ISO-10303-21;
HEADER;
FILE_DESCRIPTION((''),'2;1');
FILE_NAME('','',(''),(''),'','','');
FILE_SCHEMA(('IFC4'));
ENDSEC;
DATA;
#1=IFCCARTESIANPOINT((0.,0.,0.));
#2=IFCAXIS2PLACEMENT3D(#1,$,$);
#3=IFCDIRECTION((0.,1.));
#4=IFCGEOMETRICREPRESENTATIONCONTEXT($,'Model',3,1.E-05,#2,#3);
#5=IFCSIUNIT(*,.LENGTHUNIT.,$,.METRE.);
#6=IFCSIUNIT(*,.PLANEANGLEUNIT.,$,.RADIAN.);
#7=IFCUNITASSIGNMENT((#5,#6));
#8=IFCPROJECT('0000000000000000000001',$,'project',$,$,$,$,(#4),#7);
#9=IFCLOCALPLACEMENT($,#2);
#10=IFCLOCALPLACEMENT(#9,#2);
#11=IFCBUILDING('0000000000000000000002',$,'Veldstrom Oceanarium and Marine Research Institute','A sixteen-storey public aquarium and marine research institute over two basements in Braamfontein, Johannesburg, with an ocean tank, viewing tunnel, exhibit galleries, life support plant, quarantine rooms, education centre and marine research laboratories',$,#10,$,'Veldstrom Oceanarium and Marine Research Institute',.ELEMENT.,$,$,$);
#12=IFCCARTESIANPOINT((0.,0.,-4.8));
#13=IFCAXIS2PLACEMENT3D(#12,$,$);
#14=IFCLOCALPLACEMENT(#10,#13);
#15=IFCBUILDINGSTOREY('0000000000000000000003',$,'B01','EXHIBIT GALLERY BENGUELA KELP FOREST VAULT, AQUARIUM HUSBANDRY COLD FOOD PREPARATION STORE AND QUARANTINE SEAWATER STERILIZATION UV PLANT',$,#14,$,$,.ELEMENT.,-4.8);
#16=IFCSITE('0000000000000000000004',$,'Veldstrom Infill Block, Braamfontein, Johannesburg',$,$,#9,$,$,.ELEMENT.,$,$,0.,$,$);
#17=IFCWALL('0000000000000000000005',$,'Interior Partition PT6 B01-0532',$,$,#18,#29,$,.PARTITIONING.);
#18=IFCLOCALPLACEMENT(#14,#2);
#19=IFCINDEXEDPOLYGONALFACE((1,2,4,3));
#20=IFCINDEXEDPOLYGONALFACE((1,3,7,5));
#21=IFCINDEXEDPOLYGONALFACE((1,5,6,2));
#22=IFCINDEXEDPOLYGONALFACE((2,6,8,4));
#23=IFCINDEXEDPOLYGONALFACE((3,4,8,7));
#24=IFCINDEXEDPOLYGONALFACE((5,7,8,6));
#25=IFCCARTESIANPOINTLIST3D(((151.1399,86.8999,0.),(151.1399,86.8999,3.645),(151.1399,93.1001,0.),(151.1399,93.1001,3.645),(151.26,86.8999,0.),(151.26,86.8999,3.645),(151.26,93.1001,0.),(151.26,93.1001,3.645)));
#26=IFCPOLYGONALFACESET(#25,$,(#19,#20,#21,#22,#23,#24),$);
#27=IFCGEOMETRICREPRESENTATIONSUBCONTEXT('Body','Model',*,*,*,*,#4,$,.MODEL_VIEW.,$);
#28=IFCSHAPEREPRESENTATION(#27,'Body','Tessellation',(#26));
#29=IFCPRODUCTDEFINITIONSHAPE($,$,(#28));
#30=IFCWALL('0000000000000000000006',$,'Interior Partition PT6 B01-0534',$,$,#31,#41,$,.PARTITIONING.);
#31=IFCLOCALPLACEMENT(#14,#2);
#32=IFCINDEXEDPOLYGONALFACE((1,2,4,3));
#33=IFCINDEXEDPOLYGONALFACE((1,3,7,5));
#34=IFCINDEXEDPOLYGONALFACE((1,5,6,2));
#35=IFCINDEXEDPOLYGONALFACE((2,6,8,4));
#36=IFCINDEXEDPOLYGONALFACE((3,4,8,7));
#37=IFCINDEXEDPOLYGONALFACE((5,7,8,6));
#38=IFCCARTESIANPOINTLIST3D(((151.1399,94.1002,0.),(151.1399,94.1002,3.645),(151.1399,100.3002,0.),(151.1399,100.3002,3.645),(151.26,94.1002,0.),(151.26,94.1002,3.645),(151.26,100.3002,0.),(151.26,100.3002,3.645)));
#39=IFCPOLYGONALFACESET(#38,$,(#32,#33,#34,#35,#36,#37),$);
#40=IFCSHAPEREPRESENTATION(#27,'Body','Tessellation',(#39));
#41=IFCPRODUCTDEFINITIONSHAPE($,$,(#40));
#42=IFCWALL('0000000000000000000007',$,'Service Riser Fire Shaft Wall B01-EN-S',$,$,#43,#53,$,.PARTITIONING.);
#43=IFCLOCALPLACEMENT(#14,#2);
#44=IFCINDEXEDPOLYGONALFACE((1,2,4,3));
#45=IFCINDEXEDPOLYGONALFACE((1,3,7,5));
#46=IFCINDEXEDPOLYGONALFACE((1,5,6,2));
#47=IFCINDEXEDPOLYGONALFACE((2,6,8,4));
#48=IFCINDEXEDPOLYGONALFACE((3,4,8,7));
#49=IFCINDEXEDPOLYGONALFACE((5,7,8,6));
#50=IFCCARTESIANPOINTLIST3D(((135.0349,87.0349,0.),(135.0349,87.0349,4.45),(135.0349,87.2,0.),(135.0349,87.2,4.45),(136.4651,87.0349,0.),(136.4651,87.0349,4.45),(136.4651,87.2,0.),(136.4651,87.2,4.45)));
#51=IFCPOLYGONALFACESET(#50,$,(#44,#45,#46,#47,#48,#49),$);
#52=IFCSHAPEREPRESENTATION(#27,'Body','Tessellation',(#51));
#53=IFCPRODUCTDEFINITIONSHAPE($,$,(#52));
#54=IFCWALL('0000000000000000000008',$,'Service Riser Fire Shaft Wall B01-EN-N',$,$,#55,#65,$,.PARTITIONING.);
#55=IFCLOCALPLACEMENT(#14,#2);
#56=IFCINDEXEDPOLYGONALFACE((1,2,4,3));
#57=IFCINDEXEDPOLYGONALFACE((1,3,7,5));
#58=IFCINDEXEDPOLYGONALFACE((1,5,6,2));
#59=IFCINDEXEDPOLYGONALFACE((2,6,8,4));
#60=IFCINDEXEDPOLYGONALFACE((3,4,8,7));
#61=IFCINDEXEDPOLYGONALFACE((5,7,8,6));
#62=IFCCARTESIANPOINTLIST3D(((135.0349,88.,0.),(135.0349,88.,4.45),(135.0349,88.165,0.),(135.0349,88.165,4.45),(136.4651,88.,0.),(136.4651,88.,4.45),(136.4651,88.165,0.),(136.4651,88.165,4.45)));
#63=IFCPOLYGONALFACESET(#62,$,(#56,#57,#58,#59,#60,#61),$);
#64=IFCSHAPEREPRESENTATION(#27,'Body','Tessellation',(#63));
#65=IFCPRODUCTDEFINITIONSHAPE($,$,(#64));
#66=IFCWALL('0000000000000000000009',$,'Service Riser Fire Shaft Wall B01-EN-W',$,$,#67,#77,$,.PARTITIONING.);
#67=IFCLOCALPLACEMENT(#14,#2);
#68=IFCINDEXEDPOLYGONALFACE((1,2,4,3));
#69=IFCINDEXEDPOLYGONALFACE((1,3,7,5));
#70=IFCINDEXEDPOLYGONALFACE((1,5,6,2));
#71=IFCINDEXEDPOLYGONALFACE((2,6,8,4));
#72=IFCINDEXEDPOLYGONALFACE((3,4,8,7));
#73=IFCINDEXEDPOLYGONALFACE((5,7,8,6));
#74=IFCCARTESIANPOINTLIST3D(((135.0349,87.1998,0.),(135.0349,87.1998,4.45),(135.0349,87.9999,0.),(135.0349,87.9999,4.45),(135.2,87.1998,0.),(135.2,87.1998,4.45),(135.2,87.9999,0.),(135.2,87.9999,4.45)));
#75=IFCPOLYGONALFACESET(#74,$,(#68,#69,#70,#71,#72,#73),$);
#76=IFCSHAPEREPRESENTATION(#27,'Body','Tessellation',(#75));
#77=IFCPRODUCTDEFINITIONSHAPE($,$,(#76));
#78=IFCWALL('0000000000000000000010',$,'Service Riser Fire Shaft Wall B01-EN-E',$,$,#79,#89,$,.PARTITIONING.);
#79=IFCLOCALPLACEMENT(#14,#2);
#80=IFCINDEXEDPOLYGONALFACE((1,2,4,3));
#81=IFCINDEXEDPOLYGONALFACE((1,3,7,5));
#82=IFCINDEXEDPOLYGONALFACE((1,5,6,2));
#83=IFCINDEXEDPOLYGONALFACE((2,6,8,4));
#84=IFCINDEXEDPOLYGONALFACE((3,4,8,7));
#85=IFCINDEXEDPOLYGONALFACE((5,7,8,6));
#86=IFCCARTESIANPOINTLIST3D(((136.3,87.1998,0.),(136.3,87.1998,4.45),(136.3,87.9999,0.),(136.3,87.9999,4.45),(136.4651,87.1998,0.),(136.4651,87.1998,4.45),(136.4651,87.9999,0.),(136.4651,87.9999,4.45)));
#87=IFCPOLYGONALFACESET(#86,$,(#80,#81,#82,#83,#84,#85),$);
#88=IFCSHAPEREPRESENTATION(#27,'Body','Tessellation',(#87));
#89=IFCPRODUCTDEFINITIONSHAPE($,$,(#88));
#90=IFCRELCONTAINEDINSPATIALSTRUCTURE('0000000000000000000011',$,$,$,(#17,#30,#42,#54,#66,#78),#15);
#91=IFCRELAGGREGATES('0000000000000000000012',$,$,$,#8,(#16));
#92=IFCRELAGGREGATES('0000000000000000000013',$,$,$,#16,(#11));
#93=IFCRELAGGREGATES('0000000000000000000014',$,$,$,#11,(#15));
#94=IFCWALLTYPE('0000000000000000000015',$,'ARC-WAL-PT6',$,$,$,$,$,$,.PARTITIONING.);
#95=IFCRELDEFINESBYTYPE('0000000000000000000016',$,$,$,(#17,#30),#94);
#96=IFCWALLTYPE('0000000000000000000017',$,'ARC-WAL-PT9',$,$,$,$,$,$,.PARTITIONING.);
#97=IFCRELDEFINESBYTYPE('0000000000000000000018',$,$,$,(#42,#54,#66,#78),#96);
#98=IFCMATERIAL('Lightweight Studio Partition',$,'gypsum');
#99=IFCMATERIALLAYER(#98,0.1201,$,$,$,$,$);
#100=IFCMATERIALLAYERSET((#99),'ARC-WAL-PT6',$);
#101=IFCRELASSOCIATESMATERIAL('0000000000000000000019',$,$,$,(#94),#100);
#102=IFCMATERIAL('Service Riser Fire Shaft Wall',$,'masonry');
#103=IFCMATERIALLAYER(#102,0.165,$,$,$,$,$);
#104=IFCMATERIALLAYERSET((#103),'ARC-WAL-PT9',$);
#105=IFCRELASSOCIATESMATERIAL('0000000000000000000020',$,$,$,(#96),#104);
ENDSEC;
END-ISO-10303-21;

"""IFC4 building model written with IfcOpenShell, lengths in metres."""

from ifc_helpers import new_model, si_unit, direction, frame, frame_2d, origin, place, context, subcontext, project, spatial, rectangle, extrude, material, layer, layer_set, type_object, element, save


model = new_model("IFC4")

# Units and contexts
model_context = context("Model", 3, precision=1e-05, world=origin(), true_north=direction((0.0, 1.0)))
body_context = subcontext(model_context, "Body", "Model", "MODEL_VIEW")
ifc_project = project(units=[si_unit("LENGTHUNIT", "METRE"), si_unit("PLANEANGLEUNIT", "RADIAN")], contexts=[model_context])

# Site, building, storey
site_placement = place(None, origin())
site = spatial("IfcSite", under=ifc_project, at=site_placement, Name="Veldstrom Infill Block, Braamfontein, Johannesburg", CompositionType="ELEMENT", RefElevation=0.0)
building_placement = place(site_placement, origin())
building = spatial("IfcBuilding", under=site, at=building_placement, Name="Veldstrom Oceanarium and Marine Research Institute", Description="A sixteen-storey public aquarium and marine research institute over two basements in Braamfontein, Johannesburg, with an ocean tank, viewing tunnel, exhibit galleries, life support plant, quarantine rooms, education centre and marine research laboratories", LongName="Veldstrom Oceanarium and Marine Research Institute", CompositionType="ELEMENT")
storey_placement = place(building_placement, frame((0.0, 0.0, -4.8)))
storey = spatial("IfcBuildingStorey", under=building, at=storey_placement, Name="B01", Description="EXHIBIT GALLERY BENGUELA KELP FOREST VAULT, AQUARIUM HUSBANDRY COLD FOOD PREPARATION STORE AND QUARANTINE SEAWATER STERILIZATION UV PLANT", CompositionType="ELEMENT", Elevation=-4.8)

# Walls
ifc_material_1 = material(Name="Lightweight Studio Partition", Category="gypsum")
ifc_layer_1 = layer(ifc_material_1, 0.1201)
ifc_layer_set_1 = layer_set([ifc_layer_1], Name="ARC-WAL-PT6")
wall_type_1 = type_object("IfcWallType", Name="ARC-WAL-PT6", PredefinedType="PARTITIONING", material=ifc_layer_set_1)
wall_1_placement = place(storey_placement, frame((151.2, 86.8999, 0.0), z_axis=(0.0, 0.0, 1.0), x_axis=(0.0, 1.0, 0.0)))
element("IfcWall", 1, at=wall_1_placement, inside=storey, type_object=wall_type_1, Name="Interior Partition PT6 B01-0532", PredefinedType="PARTITIONING", context=body_context, shape_type="SweptSolid", body=[
    extrude(rectangle(XDim=6.2002, YDim=0.1201, at=frame_2d((3.1001, 0.0))), origin(), (0.0, 0.0, 1.0), 3.645),
])
wall_2_placement = place(storey_placement, frame((151.2, 94.1001, 0.0), z_axis=(0.0, 0.0, 1.0), x_axis=(0.0, 1.0, 0.0)))
element("IfcWall", 2, at=wall_2_placement, inside=storey, type_object=wall_type_1, Name="Interior Partition PT6 B01-0534", PredefinedType="PARTITIONING", context=body_context, shape_type="SweptSolid", body=[
    extrude(rectangle(XDim=6.2, YDim=0.1201, at=frame_2d((3.1001, 0.0))), origin(), (0.0, 0.0, 1.0), 3.645),
])
ifc_material_2 = material(Name="Service Riser Fire Shaft Wall", Category="masonry")
ifc_layer_2 = layer(ifc_material_2, 0.165)
ifc_layer_set_2 = layer_set([ifc_layer_2], Name="ARC-WAL-PT9")
wall_type_2 = type_object("IfcWallType", Name="ARC-WAL-PT9", PredefinedType="PARTITIONING", material=ifc_layer_set_2)
for number, where, z_axis, x_axis, name in (
    (3, (135.0349, 87.1174, 0.0), (0.0, 0.0, 1.0), (1.0, 0.0, 0.0), "Service Riser Fire Shaft Wall B01-EN-S"),
    (4, (135.0349, 88.0825, 0.0), (0.0, 0.0, 1.0), (1.0, 0.0, 0.0), "Service Riser Fire Shaft Wall B01-EN-N"),
):
    element("IfcWall", number, at=place(storey_placement, frame(where, z_axis=z_axis, x_axis=x_axis)), inside=storey, type_object=wall_type_2, Name=name, PredefinedType="PARTITIONING", context=body_context, shape_type="SweptSolid", body=[
        extrude(rectangle(XDim=1.4302, YDim=0.165, at=frame_2d((0.7151, 0.0))), origin(), (0.0, 0.0, 1.0), 4.45),
    ])
for number, where, z_axis, x_axis, name in (
    (5, (135.1174, 87.2, 0.0), (0.0, 0.0, 1.0), (0.0, 1.0, 0.0), "Service Riser Fire Shaft Wall B01-EN-W"),
    (6, (136.3826, 87.2, 0.0), (0.0, 0.0, 1.0), (0.0, 1.0, 0.0), "Service Riser Fire Shaft Wall B01-EN-E"),
):
    element("IfcWall", number, at=place(storey_placement, frame(where, z_axis=z_axis, x_axis=x_axis)), inside=storey, type_object=wall_type_2, Name=name, PredefinedType="PARTITIONING", context=body_context, shape_type="SweptSolid", body=[
        extrude(rectangle(XDim=0.8, YDim=0.165, at=frame_2d((0.3999, 0.0))), origin(), (0.0, 0.0, 1.0), 4.45),
    ])

save(model, "model.ifc")
